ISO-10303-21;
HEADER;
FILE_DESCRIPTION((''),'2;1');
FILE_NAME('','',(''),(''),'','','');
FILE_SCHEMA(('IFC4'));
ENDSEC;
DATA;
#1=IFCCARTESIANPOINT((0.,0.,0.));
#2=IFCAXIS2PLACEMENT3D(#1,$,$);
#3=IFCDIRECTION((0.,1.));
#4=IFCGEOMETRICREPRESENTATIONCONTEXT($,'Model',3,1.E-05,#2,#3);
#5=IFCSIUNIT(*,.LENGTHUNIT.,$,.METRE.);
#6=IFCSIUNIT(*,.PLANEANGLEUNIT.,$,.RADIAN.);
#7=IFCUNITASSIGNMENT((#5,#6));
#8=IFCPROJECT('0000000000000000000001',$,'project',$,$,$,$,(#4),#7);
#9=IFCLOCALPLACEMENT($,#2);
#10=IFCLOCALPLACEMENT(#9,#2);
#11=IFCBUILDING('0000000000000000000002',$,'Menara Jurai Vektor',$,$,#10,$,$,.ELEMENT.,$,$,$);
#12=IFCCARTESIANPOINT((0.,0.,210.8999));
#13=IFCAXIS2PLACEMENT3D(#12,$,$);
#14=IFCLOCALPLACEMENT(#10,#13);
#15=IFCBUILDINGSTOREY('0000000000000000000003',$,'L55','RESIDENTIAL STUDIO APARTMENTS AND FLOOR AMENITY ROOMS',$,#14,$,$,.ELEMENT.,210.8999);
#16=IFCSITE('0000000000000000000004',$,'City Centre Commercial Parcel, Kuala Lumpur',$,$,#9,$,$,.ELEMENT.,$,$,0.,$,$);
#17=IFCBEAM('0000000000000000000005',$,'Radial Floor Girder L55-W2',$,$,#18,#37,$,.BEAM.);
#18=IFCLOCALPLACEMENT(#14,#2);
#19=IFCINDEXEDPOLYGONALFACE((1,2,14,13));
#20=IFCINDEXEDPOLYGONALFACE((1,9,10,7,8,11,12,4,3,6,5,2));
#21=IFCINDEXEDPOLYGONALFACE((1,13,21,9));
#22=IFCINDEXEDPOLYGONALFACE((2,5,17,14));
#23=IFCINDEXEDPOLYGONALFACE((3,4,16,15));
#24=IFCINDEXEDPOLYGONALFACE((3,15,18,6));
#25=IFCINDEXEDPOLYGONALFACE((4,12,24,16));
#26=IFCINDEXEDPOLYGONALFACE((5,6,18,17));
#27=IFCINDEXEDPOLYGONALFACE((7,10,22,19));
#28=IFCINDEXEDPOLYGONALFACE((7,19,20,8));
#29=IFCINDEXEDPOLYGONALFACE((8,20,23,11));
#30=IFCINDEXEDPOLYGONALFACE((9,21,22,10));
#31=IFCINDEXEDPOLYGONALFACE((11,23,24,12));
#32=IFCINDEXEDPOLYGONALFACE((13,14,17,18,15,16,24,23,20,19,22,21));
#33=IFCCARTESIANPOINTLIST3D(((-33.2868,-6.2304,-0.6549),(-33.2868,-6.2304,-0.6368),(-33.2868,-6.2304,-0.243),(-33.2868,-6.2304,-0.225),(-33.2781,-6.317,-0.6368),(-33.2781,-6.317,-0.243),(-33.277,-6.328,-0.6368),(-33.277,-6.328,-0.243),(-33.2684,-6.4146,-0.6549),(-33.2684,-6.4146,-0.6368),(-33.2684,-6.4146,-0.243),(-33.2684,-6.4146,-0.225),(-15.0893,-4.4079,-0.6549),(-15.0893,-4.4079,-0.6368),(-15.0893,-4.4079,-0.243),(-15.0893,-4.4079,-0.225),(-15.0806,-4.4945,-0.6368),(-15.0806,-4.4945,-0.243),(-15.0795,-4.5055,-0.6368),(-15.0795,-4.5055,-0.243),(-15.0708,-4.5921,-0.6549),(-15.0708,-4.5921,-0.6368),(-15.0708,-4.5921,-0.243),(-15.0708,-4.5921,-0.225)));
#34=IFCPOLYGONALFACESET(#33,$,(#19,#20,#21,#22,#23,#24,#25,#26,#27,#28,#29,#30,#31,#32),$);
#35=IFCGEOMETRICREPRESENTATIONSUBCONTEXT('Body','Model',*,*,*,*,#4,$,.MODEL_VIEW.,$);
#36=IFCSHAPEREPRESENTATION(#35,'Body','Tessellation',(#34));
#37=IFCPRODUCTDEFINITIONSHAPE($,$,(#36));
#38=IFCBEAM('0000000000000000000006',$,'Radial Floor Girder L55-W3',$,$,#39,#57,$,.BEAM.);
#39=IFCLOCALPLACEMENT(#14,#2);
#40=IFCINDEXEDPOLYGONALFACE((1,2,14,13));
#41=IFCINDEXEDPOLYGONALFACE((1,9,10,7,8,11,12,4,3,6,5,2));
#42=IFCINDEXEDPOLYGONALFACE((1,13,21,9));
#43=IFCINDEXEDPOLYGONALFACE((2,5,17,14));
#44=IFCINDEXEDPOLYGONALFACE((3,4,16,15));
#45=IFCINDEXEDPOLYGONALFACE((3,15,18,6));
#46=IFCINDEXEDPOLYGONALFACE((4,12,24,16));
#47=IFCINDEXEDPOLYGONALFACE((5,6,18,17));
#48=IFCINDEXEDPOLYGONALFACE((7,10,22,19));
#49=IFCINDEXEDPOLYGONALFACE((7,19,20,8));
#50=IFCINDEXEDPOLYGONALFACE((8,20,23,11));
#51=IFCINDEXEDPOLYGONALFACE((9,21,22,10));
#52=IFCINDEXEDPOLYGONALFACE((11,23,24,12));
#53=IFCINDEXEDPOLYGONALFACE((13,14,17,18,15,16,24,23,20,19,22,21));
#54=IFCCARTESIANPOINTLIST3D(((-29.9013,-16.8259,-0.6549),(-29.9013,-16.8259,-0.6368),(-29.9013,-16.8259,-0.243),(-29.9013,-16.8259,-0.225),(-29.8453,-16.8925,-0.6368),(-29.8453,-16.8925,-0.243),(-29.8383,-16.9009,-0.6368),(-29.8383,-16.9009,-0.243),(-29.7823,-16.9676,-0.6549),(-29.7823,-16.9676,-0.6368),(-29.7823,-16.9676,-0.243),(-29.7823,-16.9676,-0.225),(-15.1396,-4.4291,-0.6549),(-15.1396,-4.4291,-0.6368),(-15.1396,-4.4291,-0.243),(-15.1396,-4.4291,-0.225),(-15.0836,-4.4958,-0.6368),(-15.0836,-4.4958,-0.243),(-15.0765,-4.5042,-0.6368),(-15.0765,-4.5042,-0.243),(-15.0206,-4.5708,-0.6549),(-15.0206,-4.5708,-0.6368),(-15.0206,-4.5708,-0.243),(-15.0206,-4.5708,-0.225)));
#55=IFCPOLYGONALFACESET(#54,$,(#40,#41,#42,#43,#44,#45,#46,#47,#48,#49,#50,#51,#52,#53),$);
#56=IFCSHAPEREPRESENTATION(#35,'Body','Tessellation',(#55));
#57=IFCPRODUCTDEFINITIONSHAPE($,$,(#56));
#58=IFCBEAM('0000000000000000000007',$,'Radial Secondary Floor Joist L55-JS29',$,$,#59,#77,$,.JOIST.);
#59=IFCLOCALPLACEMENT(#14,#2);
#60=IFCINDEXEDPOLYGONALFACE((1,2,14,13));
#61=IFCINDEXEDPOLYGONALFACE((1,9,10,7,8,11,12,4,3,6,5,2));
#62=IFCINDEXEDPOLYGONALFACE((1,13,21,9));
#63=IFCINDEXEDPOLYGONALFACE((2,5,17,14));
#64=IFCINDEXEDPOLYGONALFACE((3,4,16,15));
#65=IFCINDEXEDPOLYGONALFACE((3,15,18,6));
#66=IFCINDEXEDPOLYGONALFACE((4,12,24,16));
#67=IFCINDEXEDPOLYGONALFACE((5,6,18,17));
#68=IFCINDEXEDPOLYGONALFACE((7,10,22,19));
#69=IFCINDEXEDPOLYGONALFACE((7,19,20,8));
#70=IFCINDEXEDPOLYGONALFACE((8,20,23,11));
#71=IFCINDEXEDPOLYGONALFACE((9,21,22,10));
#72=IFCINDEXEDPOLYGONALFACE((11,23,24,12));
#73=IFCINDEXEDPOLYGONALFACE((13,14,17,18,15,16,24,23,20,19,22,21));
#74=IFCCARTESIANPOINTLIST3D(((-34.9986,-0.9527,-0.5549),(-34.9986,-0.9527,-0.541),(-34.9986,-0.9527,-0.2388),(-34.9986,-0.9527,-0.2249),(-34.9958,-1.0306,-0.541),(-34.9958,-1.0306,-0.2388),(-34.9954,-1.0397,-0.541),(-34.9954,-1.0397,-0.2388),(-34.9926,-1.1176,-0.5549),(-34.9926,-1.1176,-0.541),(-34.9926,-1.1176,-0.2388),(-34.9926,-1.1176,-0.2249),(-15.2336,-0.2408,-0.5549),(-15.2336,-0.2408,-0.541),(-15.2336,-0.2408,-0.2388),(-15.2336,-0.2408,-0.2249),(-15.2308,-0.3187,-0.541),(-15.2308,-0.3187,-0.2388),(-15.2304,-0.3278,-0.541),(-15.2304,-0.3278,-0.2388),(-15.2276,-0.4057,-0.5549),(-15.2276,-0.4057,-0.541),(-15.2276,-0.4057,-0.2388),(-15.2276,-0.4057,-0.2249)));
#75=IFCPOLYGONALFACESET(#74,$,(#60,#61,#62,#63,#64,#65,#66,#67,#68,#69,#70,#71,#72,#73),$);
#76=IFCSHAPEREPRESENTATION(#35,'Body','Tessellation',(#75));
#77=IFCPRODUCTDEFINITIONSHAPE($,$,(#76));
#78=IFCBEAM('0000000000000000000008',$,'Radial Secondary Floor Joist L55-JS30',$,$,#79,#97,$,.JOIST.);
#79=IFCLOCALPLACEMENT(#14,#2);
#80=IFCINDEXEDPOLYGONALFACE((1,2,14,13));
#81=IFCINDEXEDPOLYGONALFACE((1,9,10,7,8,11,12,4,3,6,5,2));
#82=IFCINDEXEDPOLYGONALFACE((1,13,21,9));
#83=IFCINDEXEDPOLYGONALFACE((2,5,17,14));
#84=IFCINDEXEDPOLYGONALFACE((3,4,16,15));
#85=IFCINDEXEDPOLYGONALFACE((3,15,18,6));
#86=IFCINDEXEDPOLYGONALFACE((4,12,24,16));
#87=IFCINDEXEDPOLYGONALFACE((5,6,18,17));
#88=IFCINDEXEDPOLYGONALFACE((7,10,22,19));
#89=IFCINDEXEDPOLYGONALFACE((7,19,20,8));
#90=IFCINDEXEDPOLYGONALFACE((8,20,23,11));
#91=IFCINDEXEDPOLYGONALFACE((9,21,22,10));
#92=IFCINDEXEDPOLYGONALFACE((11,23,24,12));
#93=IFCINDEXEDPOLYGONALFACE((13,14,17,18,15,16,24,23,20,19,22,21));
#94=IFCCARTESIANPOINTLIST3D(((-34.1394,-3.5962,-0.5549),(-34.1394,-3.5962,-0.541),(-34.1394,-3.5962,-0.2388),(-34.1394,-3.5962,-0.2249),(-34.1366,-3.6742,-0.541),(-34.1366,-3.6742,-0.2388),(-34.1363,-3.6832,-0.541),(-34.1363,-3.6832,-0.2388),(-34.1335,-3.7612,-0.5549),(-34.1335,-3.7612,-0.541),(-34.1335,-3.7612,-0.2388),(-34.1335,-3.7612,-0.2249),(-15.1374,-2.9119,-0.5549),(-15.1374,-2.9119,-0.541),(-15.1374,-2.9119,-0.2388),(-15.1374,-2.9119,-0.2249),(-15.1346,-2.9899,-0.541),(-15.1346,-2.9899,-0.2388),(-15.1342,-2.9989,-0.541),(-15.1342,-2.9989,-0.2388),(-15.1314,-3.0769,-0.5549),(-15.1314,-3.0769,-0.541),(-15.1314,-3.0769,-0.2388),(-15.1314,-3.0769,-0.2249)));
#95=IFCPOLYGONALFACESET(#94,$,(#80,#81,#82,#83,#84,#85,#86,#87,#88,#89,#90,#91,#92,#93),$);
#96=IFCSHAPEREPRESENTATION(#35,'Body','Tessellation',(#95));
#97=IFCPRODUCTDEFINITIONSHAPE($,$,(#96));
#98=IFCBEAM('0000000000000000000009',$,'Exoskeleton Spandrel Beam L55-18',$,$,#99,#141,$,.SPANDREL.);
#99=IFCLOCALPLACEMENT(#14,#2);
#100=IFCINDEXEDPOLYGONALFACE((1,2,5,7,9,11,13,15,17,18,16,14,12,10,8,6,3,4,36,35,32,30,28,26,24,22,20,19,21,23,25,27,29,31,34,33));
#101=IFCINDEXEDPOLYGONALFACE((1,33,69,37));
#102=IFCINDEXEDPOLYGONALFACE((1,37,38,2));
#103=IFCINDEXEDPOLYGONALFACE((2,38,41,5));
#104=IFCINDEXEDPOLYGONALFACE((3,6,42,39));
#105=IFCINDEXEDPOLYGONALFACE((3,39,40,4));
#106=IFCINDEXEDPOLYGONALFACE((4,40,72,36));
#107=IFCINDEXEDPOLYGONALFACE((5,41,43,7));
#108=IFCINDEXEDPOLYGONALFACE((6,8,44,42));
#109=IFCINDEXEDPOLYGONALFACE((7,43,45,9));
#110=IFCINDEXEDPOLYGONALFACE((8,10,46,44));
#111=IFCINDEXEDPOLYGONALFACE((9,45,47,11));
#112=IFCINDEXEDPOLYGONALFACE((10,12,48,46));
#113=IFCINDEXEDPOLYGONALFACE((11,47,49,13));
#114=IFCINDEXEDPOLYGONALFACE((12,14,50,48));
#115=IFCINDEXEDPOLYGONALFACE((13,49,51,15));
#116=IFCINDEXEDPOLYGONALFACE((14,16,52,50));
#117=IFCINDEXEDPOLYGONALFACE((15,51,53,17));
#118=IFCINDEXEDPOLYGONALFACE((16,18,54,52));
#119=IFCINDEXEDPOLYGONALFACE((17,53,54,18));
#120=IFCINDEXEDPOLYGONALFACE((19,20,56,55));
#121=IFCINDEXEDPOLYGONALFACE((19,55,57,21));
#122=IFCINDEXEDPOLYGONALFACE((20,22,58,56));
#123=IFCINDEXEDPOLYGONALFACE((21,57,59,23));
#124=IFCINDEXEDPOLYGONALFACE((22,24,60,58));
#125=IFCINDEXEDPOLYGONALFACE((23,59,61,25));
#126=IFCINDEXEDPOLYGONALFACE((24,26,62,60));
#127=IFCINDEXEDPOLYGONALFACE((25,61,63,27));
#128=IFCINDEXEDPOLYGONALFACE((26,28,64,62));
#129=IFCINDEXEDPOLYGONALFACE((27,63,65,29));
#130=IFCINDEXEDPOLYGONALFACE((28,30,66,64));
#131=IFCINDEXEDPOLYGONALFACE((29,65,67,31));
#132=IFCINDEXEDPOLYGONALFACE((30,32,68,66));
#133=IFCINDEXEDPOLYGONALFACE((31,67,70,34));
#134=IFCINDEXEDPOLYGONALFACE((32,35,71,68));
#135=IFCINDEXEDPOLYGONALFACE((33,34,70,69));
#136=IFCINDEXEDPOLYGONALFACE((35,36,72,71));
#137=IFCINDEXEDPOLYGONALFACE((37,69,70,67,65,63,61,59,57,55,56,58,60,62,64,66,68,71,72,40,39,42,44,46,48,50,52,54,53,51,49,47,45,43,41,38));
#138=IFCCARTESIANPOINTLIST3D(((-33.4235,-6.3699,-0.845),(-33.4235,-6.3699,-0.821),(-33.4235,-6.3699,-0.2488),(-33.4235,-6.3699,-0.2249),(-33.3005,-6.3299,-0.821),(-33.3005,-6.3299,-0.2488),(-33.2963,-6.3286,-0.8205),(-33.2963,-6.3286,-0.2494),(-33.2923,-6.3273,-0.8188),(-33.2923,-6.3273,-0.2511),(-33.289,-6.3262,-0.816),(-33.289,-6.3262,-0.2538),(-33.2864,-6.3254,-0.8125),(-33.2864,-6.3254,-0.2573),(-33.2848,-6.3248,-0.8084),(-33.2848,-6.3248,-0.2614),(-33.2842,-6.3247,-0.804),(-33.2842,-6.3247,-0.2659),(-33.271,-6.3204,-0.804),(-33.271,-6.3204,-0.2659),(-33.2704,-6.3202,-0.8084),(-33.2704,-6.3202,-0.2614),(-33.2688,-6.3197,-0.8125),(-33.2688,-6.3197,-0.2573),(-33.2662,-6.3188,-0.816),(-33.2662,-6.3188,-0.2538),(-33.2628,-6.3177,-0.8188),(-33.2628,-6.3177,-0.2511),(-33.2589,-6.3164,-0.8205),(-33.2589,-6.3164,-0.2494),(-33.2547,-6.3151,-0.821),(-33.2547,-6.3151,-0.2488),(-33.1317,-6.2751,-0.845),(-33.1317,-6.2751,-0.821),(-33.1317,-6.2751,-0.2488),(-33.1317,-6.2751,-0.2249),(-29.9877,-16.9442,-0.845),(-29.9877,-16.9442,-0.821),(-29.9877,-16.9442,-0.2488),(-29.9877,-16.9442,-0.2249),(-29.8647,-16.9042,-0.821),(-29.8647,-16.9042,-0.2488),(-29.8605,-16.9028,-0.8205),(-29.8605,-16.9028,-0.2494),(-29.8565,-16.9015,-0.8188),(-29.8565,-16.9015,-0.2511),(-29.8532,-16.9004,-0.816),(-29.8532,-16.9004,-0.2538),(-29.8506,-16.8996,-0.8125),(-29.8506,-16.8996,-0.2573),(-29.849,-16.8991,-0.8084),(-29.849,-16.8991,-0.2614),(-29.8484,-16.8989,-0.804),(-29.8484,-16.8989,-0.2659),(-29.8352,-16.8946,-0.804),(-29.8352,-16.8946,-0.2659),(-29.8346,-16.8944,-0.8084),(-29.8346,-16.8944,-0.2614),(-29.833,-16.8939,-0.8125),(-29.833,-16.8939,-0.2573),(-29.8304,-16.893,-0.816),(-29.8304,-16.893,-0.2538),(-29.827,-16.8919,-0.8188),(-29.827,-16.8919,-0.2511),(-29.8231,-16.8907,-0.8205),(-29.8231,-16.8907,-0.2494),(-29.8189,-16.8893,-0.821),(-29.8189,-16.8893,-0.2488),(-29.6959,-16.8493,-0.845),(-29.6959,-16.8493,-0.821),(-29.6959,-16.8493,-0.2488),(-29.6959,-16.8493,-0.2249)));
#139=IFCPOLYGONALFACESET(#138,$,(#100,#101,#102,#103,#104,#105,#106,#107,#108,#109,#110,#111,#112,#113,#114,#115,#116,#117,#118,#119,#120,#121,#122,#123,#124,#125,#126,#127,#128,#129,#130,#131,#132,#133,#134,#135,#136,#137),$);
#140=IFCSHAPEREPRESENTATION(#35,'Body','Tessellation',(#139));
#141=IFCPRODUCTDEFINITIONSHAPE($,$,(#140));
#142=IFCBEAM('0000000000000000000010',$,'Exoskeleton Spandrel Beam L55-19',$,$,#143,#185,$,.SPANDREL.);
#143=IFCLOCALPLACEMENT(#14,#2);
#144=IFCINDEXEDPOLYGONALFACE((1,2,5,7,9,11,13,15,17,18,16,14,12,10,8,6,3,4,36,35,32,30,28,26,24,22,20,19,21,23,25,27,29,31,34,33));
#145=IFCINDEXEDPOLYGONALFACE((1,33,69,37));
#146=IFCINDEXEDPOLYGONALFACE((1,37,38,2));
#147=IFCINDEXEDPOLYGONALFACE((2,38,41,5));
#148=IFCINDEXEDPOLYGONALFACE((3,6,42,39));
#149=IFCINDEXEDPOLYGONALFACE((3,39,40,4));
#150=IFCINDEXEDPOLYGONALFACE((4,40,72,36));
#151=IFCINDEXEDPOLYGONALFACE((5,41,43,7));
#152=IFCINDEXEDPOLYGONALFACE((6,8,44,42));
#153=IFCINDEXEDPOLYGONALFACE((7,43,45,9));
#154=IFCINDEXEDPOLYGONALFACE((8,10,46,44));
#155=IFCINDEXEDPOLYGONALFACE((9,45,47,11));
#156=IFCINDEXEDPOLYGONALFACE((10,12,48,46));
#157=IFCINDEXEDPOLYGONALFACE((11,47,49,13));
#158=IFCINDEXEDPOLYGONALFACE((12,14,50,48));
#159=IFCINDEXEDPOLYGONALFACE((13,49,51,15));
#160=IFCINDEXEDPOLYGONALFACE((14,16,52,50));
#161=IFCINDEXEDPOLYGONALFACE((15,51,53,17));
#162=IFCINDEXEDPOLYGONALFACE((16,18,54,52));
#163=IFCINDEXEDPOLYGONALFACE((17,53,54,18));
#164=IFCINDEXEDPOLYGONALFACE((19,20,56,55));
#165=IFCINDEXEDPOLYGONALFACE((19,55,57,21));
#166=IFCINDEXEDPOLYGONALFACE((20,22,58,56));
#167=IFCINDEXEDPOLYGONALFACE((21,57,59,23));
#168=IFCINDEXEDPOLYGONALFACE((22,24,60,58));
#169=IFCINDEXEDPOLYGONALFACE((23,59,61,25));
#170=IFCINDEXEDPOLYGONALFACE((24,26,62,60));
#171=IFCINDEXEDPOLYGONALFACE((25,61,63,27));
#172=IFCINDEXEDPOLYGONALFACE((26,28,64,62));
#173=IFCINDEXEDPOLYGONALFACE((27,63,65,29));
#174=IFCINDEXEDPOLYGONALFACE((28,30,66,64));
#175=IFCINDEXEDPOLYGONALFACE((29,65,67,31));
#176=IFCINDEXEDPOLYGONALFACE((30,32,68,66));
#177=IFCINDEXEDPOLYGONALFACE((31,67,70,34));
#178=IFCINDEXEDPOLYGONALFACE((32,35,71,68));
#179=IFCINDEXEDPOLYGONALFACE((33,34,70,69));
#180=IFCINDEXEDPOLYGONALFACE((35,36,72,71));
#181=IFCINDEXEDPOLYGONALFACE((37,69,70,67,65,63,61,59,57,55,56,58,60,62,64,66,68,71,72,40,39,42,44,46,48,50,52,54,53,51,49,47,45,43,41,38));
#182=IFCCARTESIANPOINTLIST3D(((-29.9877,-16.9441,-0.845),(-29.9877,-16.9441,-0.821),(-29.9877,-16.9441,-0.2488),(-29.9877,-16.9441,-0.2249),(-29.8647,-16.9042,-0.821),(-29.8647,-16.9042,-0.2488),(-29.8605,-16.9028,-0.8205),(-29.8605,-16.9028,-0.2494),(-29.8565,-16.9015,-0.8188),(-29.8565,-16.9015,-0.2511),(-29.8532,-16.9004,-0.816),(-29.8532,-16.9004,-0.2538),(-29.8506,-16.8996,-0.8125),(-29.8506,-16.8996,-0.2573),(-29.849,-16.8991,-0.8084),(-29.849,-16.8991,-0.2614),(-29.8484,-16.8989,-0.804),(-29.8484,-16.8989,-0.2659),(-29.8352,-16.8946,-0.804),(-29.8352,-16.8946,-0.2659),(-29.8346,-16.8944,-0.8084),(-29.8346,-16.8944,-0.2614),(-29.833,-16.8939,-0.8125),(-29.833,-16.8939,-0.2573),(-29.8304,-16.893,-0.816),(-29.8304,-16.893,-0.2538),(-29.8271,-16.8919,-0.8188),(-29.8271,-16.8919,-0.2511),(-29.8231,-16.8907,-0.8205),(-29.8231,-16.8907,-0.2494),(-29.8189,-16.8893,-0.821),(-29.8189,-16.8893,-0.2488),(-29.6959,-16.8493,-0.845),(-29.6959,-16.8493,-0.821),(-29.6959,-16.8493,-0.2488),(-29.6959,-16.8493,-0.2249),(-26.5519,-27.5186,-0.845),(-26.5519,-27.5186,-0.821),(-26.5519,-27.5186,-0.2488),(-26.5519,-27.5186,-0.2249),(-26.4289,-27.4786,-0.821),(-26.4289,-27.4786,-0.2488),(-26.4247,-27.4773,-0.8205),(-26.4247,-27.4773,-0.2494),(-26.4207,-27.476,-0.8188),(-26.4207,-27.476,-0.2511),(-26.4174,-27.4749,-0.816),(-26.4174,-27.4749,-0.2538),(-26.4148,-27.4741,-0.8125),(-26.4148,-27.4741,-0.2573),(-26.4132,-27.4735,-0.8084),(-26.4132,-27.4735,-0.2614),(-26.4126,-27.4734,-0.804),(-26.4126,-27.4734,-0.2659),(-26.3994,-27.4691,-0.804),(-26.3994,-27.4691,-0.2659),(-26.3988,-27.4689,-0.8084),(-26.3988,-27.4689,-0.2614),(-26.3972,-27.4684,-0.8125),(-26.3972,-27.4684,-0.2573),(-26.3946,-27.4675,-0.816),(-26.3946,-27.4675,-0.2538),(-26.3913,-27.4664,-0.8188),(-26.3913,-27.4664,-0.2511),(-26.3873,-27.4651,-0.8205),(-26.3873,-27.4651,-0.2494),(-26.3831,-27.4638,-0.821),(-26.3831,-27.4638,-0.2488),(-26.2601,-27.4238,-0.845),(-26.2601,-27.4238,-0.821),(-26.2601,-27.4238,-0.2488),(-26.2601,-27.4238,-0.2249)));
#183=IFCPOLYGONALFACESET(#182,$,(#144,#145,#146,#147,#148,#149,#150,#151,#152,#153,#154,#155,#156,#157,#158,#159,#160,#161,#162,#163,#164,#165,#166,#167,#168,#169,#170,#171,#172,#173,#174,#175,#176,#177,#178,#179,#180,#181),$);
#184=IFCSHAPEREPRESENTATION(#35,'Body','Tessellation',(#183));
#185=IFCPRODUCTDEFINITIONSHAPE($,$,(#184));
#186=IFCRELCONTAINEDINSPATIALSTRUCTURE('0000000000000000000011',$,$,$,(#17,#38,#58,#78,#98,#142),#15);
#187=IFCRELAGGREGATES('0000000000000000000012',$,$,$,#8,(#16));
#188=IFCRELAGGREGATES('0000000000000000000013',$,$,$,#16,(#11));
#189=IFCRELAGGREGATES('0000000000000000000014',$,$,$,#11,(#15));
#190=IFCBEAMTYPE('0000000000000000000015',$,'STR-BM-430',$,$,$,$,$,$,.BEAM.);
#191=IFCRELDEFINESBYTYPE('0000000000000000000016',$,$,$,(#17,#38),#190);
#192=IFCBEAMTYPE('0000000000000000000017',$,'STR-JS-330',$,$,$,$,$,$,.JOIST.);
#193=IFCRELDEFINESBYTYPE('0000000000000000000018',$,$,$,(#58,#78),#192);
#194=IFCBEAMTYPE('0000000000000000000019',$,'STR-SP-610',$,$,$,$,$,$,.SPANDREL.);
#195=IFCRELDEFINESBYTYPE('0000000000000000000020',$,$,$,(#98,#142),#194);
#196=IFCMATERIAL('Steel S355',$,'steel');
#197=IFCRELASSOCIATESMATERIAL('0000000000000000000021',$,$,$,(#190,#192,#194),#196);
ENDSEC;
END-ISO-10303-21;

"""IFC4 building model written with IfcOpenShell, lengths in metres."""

from ifc_helpers import new_model, si_unit, direction, frame, origin, origin_2d, place, context, subcontext, project, spatial, i_section, extrude, material, material_profile, profile_set, type_object, element, save


model = new_model("IFC4")

# Units and contexts
model_context = context("Model", 3, precision=1e-05, world=origin(), true_north=direction((0.0, 1.0)))
body_context = subcontext(model_context, "Body", "Model", "MODEL_VIEW")
ifc_project = project(units=[si_unit("LENGTHUNIT", "METRE"), si_unit("PLANEANGLEUNIT", "RADIAN")], contexts=[model_context])

# Site, building, storey
site_placement = place(None, origin())
site = spatial("IfcSite", under=ifc_project, at=site_placement, Name="City Centre Commercial Parcel, Kuala Lumpur", CompositionType="ELEMENT", RefElevation=0.0)
building_placement = place(site_placement, origin())
building = spatial("IfcBuilding", under=site, at=building_placement, Name="Menara Jurai Vektor", CompositionType="ELEMENT")
storey_placement = place(building_placement, frame((0.0, 0.0, 210.8999)))
storey = spatial("IfcBuildingStorey", under=building, at=storey_placement, Name="L55", Description="RESIDENTIAL STUDIO APARTMENTS AND FLOOR AMENITY ROOMS", CompositionType="ELEMENT", Elevation=210.8999)

# Beams
ifc_material_1 = material(Name="Steel S355", Category="steel")
ifc_material_profile_1 = material_profile(ifc_material_1, i_section(OverallWidth=0.1851, OverallDepth=0.4299, WebThickness=0.011, FlangeThickness=0.0181, at=origin_2d()), Name="PG 430x185x76")
ifc_profile_set_1 = profile_set([ifc_material_profile_1], Name="Steel S355")
beam_type_1 = type_object("IfcBeamType", Name="STR-BM-430", PredefinedType="BEAM", material=ifc_profile_set_1)
beam_1_placement = place(storey_placement, frame((-33.2776, -6.3225, -0.4399), z_axis=(0.995022, 0.099653, 0.0), x_axis=(-0.099653, 0.995022, 0.0)))
element("IfcBeam", 1, at=beam_1_placement, inside=storey, type_object=beam_type_1, Name="Radial Floor Girder L55-W2", PredefinedType="BEAM", context=body_context, shape_type="SweptSolid", body=[
    extrude(i_section(OverallWidth=0.1851, OverallDepth=0.4299, WebThickness=0.011, FlangeThickness=0.0181, at=origin_2d()), origin(), (0.0, 0.0, 1.0), 18.2886),
])
beam_2_placement = place(storey_placement, frame((-29.8418, -16.8967, -0.4399), z_axis=(0.765784, 0.643097, 0.0), x_axis=(-0.643097, 0.765784, 0.0)))
element("IfcBeam", 2, at=beam_2_placement, inside=storey, type_object=beam_type_1, Name="Radial Floor Girder L55-W3", PredefinedType="BEAM", context=body_context, shape_type="SweptSolid", body=[
    extrude(i_section(OverallWidth=0.1851, OverallDepth=0.4299, WebThickness=0.011, FlangeThickness=0.0181, at=origin_2d()), origin(), (0.0, 0.0, 1.0), 19.2766),
])
ifc_material_profile_2 = material_profile(ifc_material_1, i_section(OverallWidth=0.165, OverallDepth=0.3301, WebThickness=0.009, FlangeThickness=0.0139, at=origin_2d()), Name="PG 330x165x46")
ifc_profile_set_2 = profile_set([ifc_material_profile_2], Name="Steel S355")
beam_type_2 = type_object("IfcBeamType", Name="STR-JS-330", PredefinedType="JOIST", material=ifc_profile_set_2)
beam_3_placement = place(storey_placement, frame((-34.9956, -1.0352, -0.3899), z_axis=(0.999352, 0.035995, 0.0), x_axis=(-0.035995, 0.999352, 0.0)))
element("IfcBeam", 3, at=beam_3_placement, inside=storey, type_object=beam_type_2, Name="Radial Secondary Floor Joist L55-JS29", PredefinedType="JOIST", context=body_context, shape_type="SweptSolid", body=[
    extrude(i_section(OverallWidth=0.165, OverallDepth=0.3301, WebThickness=0.009, FlangeThickness=0.0139, at=origin_2d()), origin(), (0.0, 0.0, 1.0), 19.7778),
])
beam_4_placement = place(storey_placement, frame((-34.1365, -3.6787, -0.3899), z_axis=(0.999352, 0.03599, 0.0), x_axis=(-0.03599, 0.999352, 0.0)))
element("IfcBeam", 4, at=beam_4_placement, inside=storey, type_object=beam_type_2, Name="Radial Secondary Floor Joist L55-JS30", PredefinedType="JOIST", context=body_context, shape_type="SweptSolid", body=[
    extrude(i_section(OverallWidth=0.165, OverallDepth=0.3301, WebThickness=0.009, FlangeThickness=0.0139, at=origin_2d()), origin(), (0.0, 0.0, 1.0), 19.0144),
])
ifc_material_profile_3 = material_profile(ifc_material_1, i_section(OverallWidth=0.3069, OverallDepth=0.6201, WebThickness=0.0139, FlangeThickness=0.0239, FilletRadius=0.0171, at=origin_2d()), Name="UKB 610x305x179")
ifc_profile_set_3 = profile_set([ifc_material_profile_3], Name="Steel S355")
beam_type_3 = type_object("IfcBeamType", Name="STR-SP-610", PredefinedType="SPANDREL", material=ifc_profile_set_3)
beam_5_placement = place(storey_placement, frame((-33.2776, -6.3225, -0.5349), z_axis=(0.309019, -0.951056, 0.0), x_axis=(0.951056, 0.309019, 0.0)))
element("IfcBeam", 5, at=beam_5_placement, inside=storey, type_object=beam_type_3, Name="Exoskeleton Spandrel Beam L55-18", PredefinedType="SPANDREL", context=body_context, shape_type="SweptSolid", body=[
    extrude(i_section(OverallWidth=0.3069, OverallDepth=0.6201, WebThickness=0.0139, FlangeThickness=0.0239, FilletRadius=0.0171, at=origin_2d()), origin(), (0.0, 0.0, 1.0), 11.1184),
])
beam_6_placement = place(storey_placement, frame((-29.8418, -16.8967, -0.5349), z_axis=(0.309012, -0.951058, 0.0), x_axis=(0.951058, 0.309012, 0.0)))
element("IfcBeam", 6, at=beam_6_placement, inside=storey, type_object=beam_type_3, Name="Exoskeleton Spandrel Beam L55-19", PredefinedType="SPANDREL", context=body_context, shape_type="SweptSolid", body=[
    extrude(i_section(OverallWidth=0.3069, OverallDepth=0.6201, WebThickness=0.0139, FlangeThickness=0.0239, FilletRadius=0.0171, at=origin_2d()), origin(), (0.0, 0.0, 1.0), 11.1187),
])

save(model, "model.ifc")
